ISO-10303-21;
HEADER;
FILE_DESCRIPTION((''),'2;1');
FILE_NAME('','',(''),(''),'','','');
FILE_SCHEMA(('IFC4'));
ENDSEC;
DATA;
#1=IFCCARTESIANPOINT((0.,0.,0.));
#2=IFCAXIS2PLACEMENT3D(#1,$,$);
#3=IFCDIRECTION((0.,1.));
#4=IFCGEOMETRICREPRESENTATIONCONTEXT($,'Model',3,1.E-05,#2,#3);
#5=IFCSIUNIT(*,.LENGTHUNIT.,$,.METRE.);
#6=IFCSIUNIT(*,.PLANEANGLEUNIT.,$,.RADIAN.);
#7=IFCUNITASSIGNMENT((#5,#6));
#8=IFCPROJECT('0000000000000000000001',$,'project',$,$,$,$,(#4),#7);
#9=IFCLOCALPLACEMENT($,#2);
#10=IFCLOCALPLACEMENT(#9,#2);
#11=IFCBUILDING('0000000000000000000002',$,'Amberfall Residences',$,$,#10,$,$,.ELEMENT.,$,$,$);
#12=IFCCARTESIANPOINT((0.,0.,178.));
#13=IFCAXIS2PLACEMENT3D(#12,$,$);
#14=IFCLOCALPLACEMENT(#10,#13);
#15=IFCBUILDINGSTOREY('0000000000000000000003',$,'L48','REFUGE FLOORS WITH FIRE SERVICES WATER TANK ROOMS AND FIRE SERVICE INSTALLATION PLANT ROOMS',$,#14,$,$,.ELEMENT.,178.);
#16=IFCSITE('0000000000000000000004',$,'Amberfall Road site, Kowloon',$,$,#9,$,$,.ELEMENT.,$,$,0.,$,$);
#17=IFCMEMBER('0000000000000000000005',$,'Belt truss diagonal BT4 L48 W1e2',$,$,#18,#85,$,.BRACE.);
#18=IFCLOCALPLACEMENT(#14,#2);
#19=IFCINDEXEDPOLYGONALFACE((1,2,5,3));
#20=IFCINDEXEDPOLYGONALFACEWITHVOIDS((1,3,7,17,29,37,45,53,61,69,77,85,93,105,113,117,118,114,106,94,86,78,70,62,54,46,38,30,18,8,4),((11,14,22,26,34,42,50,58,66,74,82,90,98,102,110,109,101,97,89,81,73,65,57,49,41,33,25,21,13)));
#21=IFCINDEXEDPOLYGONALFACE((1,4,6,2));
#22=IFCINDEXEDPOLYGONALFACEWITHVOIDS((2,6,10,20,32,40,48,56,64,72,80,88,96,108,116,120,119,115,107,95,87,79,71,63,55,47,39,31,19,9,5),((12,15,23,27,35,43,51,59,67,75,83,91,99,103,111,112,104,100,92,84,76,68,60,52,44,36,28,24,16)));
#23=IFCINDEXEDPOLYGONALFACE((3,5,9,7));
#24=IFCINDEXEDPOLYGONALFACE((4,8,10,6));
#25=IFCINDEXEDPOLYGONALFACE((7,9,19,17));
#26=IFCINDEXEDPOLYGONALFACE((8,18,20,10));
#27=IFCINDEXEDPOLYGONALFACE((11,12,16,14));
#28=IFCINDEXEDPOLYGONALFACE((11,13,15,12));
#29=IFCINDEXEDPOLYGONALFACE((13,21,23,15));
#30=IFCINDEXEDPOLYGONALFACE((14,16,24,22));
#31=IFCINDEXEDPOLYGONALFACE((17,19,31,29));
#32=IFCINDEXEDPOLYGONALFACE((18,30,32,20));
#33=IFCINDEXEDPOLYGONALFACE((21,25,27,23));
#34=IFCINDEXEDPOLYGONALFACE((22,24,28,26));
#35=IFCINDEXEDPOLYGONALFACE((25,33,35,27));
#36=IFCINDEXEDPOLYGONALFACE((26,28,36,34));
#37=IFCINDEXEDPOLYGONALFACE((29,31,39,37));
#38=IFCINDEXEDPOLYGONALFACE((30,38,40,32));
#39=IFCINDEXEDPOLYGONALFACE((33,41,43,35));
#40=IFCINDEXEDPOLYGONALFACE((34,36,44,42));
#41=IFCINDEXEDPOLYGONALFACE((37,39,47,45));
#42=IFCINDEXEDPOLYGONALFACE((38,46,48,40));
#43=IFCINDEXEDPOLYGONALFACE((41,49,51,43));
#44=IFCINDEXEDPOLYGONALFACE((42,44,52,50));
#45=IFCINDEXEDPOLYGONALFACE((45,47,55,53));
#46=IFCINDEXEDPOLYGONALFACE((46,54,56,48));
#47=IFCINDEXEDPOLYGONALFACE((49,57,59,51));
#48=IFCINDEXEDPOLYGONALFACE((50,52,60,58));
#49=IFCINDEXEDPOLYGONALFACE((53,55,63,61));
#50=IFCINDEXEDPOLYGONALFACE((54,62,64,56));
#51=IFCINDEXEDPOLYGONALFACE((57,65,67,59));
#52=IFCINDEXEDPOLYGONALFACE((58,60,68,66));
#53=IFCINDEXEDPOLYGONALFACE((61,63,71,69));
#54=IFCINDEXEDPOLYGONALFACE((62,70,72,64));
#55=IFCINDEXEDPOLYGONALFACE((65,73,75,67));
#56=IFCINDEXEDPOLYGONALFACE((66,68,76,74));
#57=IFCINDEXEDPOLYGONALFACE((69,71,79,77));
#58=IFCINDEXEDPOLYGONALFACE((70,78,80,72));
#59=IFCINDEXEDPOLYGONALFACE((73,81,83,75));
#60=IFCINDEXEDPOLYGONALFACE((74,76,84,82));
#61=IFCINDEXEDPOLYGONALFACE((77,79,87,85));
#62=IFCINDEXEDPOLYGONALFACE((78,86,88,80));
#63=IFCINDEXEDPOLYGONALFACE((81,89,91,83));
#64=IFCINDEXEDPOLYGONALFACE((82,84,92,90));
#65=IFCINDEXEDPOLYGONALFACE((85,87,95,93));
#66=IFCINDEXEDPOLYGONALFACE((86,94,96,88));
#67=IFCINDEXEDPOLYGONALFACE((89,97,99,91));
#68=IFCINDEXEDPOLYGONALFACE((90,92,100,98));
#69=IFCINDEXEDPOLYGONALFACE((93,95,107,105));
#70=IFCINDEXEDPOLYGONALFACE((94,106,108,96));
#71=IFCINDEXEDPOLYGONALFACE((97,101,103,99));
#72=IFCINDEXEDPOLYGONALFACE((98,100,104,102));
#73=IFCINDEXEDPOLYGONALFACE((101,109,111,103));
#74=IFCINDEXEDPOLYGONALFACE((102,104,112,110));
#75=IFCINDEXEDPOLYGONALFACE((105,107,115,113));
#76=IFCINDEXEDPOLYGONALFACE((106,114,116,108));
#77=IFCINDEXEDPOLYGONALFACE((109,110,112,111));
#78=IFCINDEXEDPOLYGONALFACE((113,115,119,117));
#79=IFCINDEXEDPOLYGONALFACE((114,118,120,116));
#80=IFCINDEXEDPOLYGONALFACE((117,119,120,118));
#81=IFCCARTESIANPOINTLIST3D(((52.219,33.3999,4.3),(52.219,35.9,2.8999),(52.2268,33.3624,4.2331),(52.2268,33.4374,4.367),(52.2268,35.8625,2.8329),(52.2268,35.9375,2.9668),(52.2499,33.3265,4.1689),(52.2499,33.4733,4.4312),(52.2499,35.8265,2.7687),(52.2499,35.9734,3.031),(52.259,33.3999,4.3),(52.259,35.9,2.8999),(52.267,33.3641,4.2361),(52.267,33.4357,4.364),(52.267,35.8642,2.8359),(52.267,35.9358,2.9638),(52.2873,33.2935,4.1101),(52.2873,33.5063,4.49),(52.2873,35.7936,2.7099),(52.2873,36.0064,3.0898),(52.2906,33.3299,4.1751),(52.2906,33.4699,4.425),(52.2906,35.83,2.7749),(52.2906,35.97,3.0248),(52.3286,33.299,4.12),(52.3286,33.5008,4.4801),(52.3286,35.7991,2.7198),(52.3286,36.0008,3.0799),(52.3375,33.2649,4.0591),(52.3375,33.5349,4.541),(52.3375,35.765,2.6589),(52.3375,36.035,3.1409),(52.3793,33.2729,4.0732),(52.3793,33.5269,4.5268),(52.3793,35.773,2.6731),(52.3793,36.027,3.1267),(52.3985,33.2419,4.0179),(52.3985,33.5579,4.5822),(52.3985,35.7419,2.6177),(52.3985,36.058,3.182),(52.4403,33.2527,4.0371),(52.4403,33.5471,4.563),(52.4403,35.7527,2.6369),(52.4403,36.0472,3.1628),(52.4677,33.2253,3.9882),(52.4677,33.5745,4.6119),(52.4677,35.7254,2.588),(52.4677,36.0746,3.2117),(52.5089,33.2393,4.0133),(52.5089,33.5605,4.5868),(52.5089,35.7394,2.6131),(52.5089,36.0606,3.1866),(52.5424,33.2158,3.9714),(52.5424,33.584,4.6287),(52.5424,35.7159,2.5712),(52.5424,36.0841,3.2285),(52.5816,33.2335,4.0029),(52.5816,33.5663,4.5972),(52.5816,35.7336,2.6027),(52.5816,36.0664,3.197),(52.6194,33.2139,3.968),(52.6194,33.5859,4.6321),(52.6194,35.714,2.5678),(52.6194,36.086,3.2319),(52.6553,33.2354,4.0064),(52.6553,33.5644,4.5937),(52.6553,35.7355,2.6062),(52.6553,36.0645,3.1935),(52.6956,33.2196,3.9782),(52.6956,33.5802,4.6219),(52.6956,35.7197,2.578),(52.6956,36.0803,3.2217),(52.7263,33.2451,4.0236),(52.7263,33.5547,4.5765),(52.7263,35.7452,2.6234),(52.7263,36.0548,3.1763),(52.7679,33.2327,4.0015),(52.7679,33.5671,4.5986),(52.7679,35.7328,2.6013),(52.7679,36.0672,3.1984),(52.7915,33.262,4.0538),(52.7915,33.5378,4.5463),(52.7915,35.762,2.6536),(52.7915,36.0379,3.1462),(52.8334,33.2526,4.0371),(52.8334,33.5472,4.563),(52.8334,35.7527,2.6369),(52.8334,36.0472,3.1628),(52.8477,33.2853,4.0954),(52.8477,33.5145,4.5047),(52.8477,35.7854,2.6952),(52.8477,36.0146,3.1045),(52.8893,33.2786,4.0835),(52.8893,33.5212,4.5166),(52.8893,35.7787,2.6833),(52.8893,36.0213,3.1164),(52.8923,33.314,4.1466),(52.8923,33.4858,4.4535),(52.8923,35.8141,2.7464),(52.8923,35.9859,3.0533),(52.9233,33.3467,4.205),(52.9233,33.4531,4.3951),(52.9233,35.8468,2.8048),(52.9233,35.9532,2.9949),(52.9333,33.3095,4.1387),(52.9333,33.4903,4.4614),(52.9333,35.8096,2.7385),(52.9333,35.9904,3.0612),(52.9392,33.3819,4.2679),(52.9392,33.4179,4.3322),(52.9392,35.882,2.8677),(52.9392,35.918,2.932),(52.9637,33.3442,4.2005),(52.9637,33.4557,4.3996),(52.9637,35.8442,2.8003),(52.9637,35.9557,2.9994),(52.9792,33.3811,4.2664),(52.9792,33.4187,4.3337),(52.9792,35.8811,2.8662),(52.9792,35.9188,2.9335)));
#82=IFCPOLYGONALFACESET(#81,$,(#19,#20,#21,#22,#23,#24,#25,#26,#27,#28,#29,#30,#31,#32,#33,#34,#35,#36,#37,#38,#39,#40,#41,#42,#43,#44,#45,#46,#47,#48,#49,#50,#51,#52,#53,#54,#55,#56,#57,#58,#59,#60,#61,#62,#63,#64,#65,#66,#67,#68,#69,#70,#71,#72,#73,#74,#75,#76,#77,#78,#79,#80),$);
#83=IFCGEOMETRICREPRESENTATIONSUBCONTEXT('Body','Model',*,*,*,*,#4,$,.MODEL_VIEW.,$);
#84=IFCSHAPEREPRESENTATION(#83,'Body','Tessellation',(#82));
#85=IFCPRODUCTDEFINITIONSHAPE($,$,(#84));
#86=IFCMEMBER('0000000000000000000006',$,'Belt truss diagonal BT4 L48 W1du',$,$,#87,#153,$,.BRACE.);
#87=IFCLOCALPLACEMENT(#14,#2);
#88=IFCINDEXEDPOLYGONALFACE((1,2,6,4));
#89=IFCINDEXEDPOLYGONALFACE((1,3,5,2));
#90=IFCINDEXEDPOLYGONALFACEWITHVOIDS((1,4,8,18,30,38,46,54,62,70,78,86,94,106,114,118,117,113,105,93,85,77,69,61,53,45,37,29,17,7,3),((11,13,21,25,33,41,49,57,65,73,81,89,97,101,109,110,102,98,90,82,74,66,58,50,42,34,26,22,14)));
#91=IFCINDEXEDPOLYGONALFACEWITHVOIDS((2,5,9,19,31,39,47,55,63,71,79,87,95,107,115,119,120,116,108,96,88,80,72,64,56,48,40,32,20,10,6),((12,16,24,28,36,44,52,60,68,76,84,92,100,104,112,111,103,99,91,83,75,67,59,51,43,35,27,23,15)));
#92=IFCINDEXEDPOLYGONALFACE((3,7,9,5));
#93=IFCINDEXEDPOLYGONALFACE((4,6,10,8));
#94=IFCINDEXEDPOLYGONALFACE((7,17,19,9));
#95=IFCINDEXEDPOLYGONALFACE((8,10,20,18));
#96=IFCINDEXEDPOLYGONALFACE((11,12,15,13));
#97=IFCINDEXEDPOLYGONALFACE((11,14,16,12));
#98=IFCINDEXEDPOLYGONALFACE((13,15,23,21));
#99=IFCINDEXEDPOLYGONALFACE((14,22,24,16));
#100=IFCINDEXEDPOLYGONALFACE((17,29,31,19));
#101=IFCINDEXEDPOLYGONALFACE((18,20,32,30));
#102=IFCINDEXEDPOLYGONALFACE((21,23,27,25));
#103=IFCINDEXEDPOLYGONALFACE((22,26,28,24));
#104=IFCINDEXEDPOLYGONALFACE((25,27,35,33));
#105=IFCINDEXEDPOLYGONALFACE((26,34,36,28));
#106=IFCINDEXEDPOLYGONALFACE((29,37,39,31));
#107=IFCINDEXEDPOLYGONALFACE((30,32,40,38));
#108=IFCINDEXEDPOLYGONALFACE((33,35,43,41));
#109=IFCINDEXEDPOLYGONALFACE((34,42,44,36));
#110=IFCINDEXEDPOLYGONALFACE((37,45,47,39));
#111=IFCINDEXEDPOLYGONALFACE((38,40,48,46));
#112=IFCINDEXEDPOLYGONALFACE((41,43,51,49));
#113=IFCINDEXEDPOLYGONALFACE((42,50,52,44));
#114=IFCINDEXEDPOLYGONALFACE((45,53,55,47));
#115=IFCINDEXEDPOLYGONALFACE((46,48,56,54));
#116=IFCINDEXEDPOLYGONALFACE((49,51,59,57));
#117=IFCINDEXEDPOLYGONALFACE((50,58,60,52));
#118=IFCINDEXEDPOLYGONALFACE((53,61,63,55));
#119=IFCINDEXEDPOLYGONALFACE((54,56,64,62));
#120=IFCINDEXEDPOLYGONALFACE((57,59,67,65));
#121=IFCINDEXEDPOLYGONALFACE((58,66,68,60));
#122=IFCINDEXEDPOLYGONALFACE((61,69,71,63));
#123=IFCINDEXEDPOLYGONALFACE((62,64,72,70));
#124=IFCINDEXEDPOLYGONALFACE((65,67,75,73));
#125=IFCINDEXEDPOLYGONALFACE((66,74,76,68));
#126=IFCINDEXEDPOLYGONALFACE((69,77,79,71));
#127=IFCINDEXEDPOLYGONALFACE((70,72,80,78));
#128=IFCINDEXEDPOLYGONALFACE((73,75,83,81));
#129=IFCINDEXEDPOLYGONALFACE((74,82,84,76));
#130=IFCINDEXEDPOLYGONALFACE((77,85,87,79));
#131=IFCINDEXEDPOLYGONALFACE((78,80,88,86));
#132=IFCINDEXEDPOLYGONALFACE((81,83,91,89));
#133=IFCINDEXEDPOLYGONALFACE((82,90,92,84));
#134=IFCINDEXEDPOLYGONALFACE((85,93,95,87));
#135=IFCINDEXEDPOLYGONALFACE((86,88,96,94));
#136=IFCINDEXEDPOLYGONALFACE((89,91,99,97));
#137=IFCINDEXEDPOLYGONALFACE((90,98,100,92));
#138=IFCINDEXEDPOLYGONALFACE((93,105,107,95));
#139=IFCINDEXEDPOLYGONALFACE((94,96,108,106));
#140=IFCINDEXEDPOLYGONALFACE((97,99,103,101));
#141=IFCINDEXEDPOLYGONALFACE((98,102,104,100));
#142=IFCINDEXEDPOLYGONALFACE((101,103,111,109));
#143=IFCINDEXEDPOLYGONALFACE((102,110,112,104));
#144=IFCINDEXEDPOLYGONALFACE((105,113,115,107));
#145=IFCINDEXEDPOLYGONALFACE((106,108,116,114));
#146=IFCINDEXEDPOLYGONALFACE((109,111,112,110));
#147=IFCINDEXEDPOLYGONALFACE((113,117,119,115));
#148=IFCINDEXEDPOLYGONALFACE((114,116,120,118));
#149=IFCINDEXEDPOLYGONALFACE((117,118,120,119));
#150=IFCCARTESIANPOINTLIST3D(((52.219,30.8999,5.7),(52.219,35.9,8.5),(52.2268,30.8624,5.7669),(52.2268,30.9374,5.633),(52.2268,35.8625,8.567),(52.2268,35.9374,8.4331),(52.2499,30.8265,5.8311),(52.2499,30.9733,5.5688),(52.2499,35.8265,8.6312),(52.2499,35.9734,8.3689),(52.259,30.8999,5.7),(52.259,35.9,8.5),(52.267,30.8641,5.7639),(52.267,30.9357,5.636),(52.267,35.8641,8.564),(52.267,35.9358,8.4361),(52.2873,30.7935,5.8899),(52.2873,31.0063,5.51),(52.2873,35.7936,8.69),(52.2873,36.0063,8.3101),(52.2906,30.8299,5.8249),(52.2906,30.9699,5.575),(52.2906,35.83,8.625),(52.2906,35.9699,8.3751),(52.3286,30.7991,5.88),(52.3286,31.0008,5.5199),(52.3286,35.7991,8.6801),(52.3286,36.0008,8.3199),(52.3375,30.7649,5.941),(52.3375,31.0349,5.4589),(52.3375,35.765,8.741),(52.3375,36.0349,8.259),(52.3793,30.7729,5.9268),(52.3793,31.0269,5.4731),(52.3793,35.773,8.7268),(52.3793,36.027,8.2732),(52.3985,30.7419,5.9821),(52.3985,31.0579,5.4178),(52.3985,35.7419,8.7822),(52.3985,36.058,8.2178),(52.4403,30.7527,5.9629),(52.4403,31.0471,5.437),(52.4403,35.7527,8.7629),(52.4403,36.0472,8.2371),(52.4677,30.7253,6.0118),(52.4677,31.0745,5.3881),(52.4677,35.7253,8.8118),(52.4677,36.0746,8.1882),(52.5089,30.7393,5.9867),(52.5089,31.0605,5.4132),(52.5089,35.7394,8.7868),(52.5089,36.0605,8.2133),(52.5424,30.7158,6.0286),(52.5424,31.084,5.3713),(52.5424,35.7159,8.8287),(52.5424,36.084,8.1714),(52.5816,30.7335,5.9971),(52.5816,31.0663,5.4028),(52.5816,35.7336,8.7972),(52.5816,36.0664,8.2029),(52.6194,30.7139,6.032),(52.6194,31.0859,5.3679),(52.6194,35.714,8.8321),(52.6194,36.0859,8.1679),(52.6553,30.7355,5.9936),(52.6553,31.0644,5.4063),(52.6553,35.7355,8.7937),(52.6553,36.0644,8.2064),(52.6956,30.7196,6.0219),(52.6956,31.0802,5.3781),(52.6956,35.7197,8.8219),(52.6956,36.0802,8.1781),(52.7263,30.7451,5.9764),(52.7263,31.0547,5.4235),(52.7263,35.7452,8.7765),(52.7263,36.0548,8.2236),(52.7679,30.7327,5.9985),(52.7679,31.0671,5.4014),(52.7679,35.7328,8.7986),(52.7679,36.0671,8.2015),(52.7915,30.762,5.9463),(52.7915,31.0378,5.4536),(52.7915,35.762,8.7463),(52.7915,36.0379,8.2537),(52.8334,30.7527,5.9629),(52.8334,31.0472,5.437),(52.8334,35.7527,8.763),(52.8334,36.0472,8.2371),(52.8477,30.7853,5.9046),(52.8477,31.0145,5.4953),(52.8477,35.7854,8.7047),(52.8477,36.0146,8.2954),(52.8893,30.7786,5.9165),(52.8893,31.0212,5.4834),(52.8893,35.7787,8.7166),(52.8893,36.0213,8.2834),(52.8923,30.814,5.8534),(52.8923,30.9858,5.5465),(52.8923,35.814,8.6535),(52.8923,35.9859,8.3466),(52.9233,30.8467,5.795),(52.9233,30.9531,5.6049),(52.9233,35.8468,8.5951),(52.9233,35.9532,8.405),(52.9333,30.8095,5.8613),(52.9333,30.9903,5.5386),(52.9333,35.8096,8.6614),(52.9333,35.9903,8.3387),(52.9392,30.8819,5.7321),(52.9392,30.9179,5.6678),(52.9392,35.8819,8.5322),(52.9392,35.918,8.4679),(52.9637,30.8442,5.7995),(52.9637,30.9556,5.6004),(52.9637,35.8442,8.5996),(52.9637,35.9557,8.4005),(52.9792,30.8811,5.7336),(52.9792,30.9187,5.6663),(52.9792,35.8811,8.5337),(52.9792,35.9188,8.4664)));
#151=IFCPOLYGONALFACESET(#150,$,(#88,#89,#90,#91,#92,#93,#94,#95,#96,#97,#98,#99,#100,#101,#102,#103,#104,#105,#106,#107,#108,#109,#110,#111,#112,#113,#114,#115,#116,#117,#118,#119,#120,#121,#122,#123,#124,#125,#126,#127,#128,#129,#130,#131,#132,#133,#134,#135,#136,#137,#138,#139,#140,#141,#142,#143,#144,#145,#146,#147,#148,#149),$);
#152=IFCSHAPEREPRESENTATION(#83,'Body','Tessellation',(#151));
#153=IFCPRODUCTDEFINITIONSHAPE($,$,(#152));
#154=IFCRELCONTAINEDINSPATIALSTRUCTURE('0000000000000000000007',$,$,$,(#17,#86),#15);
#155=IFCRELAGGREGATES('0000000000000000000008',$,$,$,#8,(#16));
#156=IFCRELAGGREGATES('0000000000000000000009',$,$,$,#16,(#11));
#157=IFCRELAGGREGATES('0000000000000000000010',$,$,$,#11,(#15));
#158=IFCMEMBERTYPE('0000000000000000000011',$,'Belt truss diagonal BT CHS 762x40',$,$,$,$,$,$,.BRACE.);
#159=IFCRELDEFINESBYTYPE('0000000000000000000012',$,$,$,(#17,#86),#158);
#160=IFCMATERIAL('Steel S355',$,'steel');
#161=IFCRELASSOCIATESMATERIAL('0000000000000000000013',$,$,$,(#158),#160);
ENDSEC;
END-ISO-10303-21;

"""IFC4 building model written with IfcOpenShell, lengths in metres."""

from ifc_helpers import new_model, si_unit, direction, frame, origin, origin_2d, place, context, subcontext, project, spatial, hollow_circle, extrude, material, material_profile, profile_set, type_object, element, save


model = new_model("IFC4")

# Units and contexts
model_context = context("Model", 3, precision=1e-05, world=origin(), true_north=direction((0.0, 1.0)))
body_context = subcontext(model_context, "Body", "Model", "MODEL_VIEW")
ifc_project = project(units=[si_unit("LENGTHUNIT", "METRE"), si_unit("PLANEANGLEUNIT", "RADIAN")], contexts=[model_context])

# Site, building, storey
site_placement = place(None, origin())
site = spatial("IfcSite", under=ifc_project, at=site_placement, Name="Amberfall Road site, Kowloon", CompositionType="ELEMENT", RefElevation=0.0)
building_placement = place(site_placement, origin())
building = spatial("IfcBuilding", under=site, at=building_placement, Name="Amberfall Residences", CompositionType="ELEMENT")
storey_placement = place(building_placement, frame((0.0, 0.0, 178.0)))
storey = spatial("IfcBuildingStorey", under=building, at=storey_placement, Name="L48", Description="REFUGE FLOORS WITH FIRE SERVICES WATER TANK ROOMS AND FIRE SERVICE INSTALLATION PLANT ROOMS", CompositionType="ELEMENT", Elevation=178.0)

# Shared definitions
ifc_material_1 = material(Name="Steel S355", Category="steel")

# Members
ifc_material_profile_1 = material_profile(ifc_material_1, hollow_circle(Radius=0.3811, WallThickness=0.04, at=origin_2d()), Name="CHS 762x40")
ifc_profile_set_1 = profile_set([ifc_material_profile_1], Name="Steel S355")
member_type = type_object("IfcMemberType", Name="Belt truss diagonal BT CHS 762x40", PredefinedType="BRACE", material=ifc_profile_set_1)
member_1_placement = place(storey_placement, frame((52.6001, 33.3999, 4.3), z_axis=(0.0, 0.872484, -0.488642), x_axis=(-1.0, 0.0, 0.0)))
element("IfcMember", 1, at=member_1_placement, inside=storey, type_object=member_type, Name="Belt truss diagonal BT4 L48 W1e2", PredefinedType="BRACE", context=body_context, shape_type="SweptSolid", body=[
    extrude(hollow_circle(Radius=0.3811, WallThickness=0.04, at=origin_2d()), origin(), (0.0, 0.0, 1.0), 2.8655),
])
member_2_placement = place(storey_placement, frame((52.6001, 30.8999, 5.7), z_axis=(0.0, 0.872502, 0.48861), x_axis=(-1.0, 0.0, 0.0)))
element("IfcMember", 2, at=member_2_placement, inside=storey, type_object=member_type, Name="Belt truss diagonal BT4 L48 W1du", PredefinedType="BRACE", context=body_context, shape_type="SweptSolid", body=[
    extrude(hollow_circle(Radius=0.3811, WallThickness=0.04, at=origin_2d()), origin(), (0.0, 0.0, 1.0), 5.7307),
])

save(model, "model.ifc")
